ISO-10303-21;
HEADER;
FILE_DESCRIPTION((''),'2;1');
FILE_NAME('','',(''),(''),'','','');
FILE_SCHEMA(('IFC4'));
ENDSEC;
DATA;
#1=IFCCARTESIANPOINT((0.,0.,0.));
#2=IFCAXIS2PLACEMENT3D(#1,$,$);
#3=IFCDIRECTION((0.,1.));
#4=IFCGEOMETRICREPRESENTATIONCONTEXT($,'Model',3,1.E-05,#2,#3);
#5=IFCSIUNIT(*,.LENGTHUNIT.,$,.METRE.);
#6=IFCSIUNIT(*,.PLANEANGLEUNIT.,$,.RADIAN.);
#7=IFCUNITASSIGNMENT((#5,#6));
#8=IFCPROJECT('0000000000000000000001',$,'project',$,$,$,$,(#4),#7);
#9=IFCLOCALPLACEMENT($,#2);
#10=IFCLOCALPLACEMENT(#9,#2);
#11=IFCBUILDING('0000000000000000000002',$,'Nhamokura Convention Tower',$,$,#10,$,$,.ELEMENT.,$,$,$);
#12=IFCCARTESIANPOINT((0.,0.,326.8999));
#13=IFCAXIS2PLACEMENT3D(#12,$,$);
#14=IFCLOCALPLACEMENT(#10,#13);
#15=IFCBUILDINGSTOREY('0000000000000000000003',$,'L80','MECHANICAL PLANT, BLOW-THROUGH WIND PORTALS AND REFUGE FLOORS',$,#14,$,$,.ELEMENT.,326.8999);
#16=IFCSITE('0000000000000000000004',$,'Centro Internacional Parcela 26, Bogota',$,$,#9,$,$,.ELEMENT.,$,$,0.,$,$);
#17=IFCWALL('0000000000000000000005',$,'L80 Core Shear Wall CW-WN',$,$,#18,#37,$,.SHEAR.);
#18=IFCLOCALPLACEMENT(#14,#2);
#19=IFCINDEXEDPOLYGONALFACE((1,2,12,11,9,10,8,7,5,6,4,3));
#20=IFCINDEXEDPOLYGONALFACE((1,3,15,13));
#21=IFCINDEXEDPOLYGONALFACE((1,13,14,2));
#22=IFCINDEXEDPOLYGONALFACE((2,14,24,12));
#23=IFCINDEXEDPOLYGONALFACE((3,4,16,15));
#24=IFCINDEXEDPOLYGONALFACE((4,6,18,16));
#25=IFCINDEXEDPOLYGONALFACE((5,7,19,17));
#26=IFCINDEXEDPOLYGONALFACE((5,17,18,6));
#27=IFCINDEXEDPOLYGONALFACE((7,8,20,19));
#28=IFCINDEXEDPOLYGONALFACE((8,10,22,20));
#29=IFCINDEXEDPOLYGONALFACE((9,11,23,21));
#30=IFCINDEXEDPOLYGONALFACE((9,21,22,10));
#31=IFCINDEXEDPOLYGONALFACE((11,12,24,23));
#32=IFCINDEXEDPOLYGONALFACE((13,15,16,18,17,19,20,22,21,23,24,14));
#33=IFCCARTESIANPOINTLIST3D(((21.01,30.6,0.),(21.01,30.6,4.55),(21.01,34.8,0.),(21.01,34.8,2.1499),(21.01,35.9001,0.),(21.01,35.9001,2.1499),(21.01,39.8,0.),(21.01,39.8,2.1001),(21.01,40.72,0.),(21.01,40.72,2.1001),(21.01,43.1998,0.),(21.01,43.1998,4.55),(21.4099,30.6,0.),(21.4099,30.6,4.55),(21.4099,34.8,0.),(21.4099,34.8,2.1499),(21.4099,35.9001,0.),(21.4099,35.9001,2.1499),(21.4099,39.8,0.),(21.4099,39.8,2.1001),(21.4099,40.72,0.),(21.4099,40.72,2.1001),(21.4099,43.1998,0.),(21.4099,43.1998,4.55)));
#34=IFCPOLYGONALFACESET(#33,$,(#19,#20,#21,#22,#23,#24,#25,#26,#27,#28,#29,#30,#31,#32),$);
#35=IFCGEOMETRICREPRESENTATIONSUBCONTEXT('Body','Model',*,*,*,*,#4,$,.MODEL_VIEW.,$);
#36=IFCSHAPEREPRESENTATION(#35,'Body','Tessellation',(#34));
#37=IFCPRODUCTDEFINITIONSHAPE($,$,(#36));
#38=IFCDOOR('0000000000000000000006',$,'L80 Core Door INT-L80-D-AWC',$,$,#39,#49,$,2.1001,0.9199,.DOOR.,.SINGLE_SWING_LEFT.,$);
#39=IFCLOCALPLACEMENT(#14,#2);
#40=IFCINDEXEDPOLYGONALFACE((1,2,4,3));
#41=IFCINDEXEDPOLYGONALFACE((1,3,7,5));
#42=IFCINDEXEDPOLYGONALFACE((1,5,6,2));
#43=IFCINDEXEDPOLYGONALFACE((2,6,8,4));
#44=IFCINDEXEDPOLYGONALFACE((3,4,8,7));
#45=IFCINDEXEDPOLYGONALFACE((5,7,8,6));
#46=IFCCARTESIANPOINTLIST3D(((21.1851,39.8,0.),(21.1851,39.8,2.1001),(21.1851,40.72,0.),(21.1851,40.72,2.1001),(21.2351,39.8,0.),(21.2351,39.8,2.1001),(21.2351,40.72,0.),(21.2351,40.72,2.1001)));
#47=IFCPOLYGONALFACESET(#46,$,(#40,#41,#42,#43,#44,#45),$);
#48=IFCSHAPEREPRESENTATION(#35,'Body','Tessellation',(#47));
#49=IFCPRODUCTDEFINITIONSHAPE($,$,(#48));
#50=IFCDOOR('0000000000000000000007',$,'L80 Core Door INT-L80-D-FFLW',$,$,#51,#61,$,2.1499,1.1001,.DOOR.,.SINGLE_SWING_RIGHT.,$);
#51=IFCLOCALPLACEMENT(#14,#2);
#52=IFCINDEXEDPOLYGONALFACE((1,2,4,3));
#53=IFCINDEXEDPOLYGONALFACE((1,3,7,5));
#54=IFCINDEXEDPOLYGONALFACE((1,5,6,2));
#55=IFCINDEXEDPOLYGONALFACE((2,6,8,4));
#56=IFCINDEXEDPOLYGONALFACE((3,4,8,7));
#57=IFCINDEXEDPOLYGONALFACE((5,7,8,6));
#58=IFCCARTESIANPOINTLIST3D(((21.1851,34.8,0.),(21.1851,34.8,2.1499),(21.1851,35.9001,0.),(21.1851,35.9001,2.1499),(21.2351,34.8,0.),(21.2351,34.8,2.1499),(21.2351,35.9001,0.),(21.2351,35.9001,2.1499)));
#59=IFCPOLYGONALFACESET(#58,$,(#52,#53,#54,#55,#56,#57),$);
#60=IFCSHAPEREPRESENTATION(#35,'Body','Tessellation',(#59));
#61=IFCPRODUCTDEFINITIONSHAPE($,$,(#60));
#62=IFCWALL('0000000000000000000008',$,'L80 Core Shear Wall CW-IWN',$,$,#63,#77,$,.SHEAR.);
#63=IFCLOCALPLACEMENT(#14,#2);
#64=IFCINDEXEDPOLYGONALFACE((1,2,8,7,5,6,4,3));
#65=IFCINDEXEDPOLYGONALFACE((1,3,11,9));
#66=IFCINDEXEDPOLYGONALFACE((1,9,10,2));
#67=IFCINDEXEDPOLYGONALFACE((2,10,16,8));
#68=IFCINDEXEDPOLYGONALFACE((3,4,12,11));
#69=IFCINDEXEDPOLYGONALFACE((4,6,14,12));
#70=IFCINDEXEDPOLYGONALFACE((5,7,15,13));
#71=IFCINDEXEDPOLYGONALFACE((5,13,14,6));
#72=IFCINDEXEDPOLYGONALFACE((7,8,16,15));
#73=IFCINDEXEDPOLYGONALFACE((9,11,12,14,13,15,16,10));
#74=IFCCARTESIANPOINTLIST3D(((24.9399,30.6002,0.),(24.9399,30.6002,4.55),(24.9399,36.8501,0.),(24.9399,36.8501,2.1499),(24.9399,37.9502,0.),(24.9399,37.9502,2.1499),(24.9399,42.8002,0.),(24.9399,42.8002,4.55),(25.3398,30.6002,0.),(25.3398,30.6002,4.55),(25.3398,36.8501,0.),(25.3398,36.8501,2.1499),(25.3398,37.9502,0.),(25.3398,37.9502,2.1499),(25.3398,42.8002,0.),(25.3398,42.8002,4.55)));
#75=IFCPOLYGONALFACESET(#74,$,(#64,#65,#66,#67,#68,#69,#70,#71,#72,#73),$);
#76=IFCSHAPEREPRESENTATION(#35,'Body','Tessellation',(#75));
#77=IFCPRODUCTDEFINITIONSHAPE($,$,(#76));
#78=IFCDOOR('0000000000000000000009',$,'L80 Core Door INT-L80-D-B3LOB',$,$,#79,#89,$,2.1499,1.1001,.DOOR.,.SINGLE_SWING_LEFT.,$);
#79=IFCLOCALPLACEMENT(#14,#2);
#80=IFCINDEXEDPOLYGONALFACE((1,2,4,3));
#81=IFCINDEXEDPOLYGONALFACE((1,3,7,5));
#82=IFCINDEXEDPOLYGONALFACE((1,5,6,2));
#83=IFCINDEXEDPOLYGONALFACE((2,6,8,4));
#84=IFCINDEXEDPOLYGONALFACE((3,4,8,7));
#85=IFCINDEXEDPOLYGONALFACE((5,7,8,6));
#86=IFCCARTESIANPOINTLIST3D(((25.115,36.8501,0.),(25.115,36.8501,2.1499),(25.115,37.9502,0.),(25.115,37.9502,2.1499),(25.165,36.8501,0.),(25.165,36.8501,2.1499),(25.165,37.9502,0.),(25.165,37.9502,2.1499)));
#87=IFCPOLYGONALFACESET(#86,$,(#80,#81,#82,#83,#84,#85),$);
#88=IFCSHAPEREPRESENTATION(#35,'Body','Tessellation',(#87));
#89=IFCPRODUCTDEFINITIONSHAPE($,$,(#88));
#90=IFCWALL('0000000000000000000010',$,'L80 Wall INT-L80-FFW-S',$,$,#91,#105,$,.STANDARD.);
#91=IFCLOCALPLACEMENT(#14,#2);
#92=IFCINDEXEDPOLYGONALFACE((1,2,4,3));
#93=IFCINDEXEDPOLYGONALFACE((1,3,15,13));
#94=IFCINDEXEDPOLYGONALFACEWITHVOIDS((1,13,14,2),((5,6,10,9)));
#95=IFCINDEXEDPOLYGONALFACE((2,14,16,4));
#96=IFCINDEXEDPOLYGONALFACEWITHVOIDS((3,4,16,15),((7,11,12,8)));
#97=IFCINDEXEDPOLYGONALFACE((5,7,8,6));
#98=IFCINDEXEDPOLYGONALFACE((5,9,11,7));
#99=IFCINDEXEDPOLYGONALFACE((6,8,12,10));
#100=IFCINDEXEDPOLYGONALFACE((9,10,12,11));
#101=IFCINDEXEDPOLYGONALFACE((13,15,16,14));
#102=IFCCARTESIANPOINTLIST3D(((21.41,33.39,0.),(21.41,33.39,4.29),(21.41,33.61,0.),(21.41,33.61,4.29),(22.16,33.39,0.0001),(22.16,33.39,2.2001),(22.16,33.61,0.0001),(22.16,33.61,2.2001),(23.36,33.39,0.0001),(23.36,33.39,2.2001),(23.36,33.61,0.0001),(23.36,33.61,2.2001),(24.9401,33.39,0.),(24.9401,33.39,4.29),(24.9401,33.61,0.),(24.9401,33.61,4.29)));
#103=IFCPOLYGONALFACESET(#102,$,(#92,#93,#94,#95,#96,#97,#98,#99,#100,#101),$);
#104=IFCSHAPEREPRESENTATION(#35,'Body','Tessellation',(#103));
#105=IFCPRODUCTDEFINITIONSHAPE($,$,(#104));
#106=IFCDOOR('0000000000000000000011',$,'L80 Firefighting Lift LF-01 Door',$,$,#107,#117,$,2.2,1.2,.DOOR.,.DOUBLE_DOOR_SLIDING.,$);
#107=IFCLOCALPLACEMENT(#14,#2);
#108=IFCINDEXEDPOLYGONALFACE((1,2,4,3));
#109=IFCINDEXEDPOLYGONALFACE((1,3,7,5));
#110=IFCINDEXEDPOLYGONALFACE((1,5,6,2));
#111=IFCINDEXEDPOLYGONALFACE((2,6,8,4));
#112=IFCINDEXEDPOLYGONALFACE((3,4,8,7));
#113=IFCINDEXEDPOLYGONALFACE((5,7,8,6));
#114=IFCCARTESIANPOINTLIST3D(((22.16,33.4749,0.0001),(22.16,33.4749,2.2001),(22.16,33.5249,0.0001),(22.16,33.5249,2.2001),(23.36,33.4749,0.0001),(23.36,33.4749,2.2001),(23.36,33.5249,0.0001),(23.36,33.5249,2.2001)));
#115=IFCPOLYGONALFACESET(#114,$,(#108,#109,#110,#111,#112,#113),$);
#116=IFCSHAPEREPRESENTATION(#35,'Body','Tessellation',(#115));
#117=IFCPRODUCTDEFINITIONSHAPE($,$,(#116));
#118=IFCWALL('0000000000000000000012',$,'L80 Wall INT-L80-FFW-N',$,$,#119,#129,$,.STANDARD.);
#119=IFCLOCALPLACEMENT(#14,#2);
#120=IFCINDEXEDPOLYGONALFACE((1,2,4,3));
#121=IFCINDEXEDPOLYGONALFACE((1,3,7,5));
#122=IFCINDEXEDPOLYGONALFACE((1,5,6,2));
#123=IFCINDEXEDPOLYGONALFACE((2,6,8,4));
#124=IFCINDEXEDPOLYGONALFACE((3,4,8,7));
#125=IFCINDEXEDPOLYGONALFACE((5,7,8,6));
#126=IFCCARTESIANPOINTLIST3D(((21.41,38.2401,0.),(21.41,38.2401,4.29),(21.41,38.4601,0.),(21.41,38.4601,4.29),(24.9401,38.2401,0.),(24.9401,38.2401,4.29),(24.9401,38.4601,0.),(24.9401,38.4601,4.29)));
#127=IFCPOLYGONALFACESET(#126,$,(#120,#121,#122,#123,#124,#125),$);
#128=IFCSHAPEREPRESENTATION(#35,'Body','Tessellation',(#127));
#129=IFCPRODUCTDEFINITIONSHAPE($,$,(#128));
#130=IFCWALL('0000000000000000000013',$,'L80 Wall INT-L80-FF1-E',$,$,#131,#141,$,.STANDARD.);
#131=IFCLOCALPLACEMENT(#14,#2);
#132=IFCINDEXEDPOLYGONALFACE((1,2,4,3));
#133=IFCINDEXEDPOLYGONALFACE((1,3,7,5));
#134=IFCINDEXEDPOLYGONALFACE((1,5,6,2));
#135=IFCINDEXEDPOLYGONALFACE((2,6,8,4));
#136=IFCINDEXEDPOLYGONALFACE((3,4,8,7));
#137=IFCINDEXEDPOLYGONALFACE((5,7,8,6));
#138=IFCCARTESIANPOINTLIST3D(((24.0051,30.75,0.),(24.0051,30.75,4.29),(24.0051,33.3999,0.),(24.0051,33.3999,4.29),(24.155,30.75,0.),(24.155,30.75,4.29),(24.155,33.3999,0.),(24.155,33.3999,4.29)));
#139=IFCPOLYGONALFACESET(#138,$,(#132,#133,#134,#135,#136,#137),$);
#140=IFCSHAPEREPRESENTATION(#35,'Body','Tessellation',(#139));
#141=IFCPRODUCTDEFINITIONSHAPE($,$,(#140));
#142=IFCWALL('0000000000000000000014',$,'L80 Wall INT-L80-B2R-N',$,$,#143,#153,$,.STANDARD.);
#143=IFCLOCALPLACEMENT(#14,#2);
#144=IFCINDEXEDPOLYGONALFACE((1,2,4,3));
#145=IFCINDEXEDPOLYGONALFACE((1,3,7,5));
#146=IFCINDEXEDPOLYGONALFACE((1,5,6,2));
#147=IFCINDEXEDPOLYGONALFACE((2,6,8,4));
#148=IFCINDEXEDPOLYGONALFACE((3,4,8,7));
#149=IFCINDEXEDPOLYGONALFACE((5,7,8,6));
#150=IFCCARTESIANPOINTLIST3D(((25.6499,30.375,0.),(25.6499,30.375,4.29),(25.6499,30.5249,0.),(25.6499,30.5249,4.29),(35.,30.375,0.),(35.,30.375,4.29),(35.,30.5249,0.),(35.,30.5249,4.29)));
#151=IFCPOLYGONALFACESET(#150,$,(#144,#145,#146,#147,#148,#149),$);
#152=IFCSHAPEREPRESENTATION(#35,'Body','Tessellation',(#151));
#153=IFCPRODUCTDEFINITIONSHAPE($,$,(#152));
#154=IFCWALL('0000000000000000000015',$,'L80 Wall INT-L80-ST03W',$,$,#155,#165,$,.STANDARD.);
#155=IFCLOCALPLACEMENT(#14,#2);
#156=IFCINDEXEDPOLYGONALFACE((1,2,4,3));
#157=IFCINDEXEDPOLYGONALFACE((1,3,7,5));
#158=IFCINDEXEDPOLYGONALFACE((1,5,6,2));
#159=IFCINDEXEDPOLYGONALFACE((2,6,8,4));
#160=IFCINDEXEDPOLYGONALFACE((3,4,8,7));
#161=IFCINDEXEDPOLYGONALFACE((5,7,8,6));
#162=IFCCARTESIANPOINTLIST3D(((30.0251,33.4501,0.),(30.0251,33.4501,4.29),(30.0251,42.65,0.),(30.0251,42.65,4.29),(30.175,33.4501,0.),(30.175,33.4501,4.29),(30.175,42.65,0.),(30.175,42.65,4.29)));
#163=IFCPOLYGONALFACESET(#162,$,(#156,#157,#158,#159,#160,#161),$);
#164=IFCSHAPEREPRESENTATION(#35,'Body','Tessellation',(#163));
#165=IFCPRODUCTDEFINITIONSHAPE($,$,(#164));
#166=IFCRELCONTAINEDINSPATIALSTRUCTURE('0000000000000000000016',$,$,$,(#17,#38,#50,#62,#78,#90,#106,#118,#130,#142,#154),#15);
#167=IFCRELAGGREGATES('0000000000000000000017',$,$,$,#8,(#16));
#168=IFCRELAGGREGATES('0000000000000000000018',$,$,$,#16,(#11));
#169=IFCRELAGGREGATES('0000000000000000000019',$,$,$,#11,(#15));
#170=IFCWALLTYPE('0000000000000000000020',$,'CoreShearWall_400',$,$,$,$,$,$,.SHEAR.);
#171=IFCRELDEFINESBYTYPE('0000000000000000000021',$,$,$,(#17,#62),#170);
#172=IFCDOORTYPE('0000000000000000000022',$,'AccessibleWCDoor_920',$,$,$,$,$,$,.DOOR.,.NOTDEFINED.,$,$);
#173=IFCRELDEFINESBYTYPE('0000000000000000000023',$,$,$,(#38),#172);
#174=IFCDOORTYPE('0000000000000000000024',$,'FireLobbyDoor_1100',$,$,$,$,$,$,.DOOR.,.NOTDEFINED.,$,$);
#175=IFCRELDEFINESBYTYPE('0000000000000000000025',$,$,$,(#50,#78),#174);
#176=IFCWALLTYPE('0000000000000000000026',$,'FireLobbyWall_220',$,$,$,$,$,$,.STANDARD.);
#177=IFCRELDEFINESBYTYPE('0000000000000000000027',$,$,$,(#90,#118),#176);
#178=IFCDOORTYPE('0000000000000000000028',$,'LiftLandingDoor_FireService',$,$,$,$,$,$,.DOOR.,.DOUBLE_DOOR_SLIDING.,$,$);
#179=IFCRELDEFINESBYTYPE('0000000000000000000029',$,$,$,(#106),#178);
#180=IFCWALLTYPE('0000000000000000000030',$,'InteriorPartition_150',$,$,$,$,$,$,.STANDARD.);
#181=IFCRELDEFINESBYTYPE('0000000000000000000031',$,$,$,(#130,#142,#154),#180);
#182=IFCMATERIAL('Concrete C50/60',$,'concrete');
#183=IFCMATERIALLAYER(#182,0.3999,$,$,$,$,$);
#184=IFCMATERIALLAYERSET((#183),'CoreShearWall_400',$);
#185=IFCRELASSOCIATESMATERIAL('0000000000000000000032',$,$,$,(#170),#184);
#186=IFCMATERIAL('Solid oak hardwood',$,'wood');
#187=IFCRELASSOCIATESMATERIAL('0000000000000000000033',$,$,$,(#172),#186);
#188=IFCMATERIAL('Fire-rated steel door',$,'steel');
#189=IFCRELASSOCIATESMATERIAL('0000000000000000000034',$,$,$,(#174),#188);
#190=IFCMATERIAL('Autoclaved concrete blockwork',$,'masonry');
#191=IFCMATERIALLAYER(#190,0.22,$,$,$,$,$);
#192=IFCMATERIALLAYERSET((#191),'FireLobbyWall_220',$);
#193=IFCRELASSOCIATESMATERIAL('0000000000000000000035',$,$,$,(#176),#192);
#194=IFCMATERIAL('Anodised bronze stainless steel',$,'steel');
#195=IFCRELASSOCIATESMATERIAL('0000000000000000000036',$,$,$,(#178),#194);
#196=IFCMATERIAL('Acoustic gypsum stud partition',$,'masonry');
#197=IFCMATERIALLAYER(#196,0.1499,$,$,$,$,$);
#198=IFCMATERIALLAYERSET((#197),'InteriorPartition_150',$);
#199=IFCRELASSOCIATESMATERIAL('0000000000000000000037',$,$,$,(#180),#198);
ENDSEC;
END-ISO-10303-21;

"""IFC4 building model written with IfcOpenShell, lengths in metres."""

from ifc_helpers import new_model, si_unit, direction, frame, frame_2d, origin, place, context, subcontext, project, spatial, rectangle, extrude, material, layer, layer_set, type_object, element, fill, save


model = new_model("IFC4")

# Units and contexts
model_context = context("Model", 3, precision=1e-05, world=origin(), true_north=direction((0.0, 1.0)))
body_context = subcontext(model_context, "Body", "Model", "MODEL_VIEW")
ifc_project = project(units=[si_unit("LENGTHUNIT", "METRE"), si_unit("PLANEANGLEUNIT", "RADIAN")], contexts=[model_context])

# Site, building, storey
site_placement = place(None, origin())
site = spatial("IfcSite", under=ifc_project, at=site_placement, Name="Centro Internacional Parcela 26, Bogota", CompositionType="ELEMENT", RefElevation=0.0)
building_placement = place(site_placement, origin())
building = spatial("IfcBuilding", under=site, at=building_placement, Name="Nhamokura Convention Tower", CompositionType="ELEMENT")
storey_placement = place(building_placement, frame((0.0, 0.0, 326.8999)))
storey = spatial("IfcBuildingStorey", under=building, at=storey_placement, Name="L80", Description="MECHANICAL PLANT, BLOW-THROUGH WIND PORTALS AND REFUGE FLOORS", CompositionType="ELEMENT", Elevation=326.8999)

# Wall, openings, doors
ifc_material_1 = material(Name="Concrete C50/60", Category="concrete")
ifc_layer_1 = layer(ifc_material_1, 0.3999)
ifc_layer_set_1 = layer_set([ifc_layer_1], Name="CoreShearWall_400")
wall_type_1 = type_object("IfcWallType", Name="CoreShearWall_400", PredefinedType="SHEAR", material=ifc_layer_set_1)
wall_1_placement = place(storey_placement, frame((21.21, 30.6001, 0.0), z_axis=(0.0, 0.0, 1.0), x_axis=(0.0, 1.0, 0.0)))
wall_1 = element("IfcWall", 1, at=wall_1_placement, inside=storey, type_object=wall_type_1, Name="L80 Core Shear Wall CW-WN", PredefinedType="SHEAR", context=body_context, shape_type="SweptSolid", body=[
    extrude(rectangle(XDim=12.5999, YDim=0.3999, at=frame_2d((6.2998, 0.0))), origin(), (0.0, 0.0, 1.0), 4.55),
])
opening_1_placement = place(wall_1_placement, frame((4.2, 0.0, 0.0)))
opening_1 = element("IfcOpeningElement", 2, at=opening_1_placement, cuts=wall_1, PredefinedType="OPENING", context=body_context, shape_type="SweptSolid", body=[
    extrude(rectangle(XDim=1.1001, YDim=2.1499, at=frame_2d((0.55, 1.075))), frame((0.0, 0.21, 0.0), z_axis=(0.0, -1.0, 0.0), x_axis=(1.0, 0.0, 0.0)), (0.0, 0.0, 1.0), 0.4199),
])
opening_2_placement = place(wall_1_placement, frame((9.2, 0.0, 0.0)))
opening_2 = element("IfcOpeningElement", 3, at=opening_2_placement, cuts=wall_1, PredefinedType="OPENING", context=body_context, shape_type="SweptSolid", body=[
    extrude(rectangle(XDim=0.9199, YDim=2.1001, at=frame_2d((0.46, 1.05))), frame((0.0, 0.21, 0.0), z_axis=(0.0, -1.0, 0.0), x_axis=(1.0, 0.0, 0.0)), (0.0, 0.0, 1.0), 0.4199),
])
ifc_material_2 = material(Name="Solid oak hardwood", Category="wood")
door_type_1 = type_object("IfcDoorType", Name="AccessibleWCDoor_920", OperationType="NOTDEFINED", PredefinedType="DOOR", material=ifc_material_2)
door_1_placement = place(opening_2_placement, origin())
door_1 = element("IfcDoor", 4, at=door_1_placement, inside=storey, type_object=door_type_1, Name="L80 Core Door INT-L80-D-AWC", OperationType="SINGLE_SWING_LEFT", OverallHeight=2.1001, OverallWidth=0.9199, PredefinedType="DOOR", context=body_context, shape_type="SweptSolid", body=[
    extrude(rectangle(XDim=0.9199, YDim=2.1001, at=frame_2d((0.46, 1.05))), frame((0.0, 0.0249, 0.0), z_axis=(0.0, -1.0, 0.0), x_axis=(1.0, 0.0, 0.0)), (0.0, 0.0, 1.0), 0.05),
])
fill(opening_2, door_1)
ifc_material_3 = material(Name="Fire-rated steel door", Category="steel")
door_type_2 = type_object("IfcDoorType", Name="FireLobbyDoor_1100", OperationType="NOTDEFINED", PredefinedType="DOOR", material=ifc_material_3)
door_2_placement = place(opening_1_placement, origin())
door_2 = element("IfcDoor", 5, at=door_2_placement, inside=storey, type_object=door_type_2, Name="L80 Core Door INT-L80-D-FFLW", OperationType="SINGLE_SWING_RIGHT", OverallHeight=2.1499, OverallWidth=1.1001, PredefinedType="DOOR", context=body_context, shape_type="SweptSolid", body=[
    extrude(rectangle(XDim=1.1001, YDim=2.1499, at=frame_2d((0.55, 1.075))), frame((0.0, 0.0249, 0.0), z_axis=(0.0, -1.0, 0.0), x_axis=(1.0, 0.0, 0.0)), (0.0, 0.0, 1.0), 0.05),
])
fill(opening_1, door_2)

# Walls, openings, doors
wall_2_placement = place(storey_placement, frame((25.1399, 30.6001, 0.0), z_axis=(0.0, 0.0, 1.0), x_axis=(0.0, 1.0, 0.0)))
wall_2 = element("IfcWall", 6, at=wall_2_placement, inside=storey, type_object=wall_type_1, Name="L80 Core Shear Wall CW-IWN", PredefinedType="SHEAR", context=body_context, shape_type="SweptSolid", body=[
    extrude(rectangle(XDim=12.2, YDim=0.3999, at=frame_2d((6.1001, 0.0))), origin(), (0.0, 0.0, 1.0), 4.55),
])
opening_3_placement = place(wall_2_placement, frame((6.25, 0.0, 0.0)))
opening_3 = element("IfcOpeningElement", 7, at=opening_3_placement, cuts=wall_2, PredefinedType="OPENING", context=body_context, shape_type="SweptSolid", body=[
    extrude(rectangle(XDim=1.1001, YDim=2.1499, at=frame_2d((0.55, 1.075))), frame((0.0, 0.21, 0.0), z_axis=(0.0, -1.0, 0.0), x_axis=(1.0, 0.0, 0.0)), (0.0, 0.0, 1.0), 0.4199),
])
door_3_placement = place(opening_3_placement, origin())
door_3 = element("IfcDoor", 8, at=door_3_placement, inside=storey, type_object=door_type_2, Name="L80 Core Door INT-L80-D-B3LOB", OperationType="SINGLE_SWING_LEFT", OverallHeight=2.1499, OverallWidth=1.1001, PredefinedType="DOOR", context=body_context, shape_type="SweptSolid", body=[
    extrude(rectangle(XDim=1.1001, YDim=2.1499, at=frame_2d((0.55, 1.075))), frame((0.0, 0.0249, 0.0), z_axis=(0.0, -1.0, 0.0), x_axis=(1.0, 0.0, 0.0)), (0.0, 0.0, 1.0), 0.05),
])
fill(opening_3, door_3)
ifc_material_4 = material(Name="Autoclaved concrete blockwork", Category="masonry")
ifc_layer_2 = layer(ifc_material_4, 0.22)
ifc_layer_set_2 = layer_set([ifc_layer_2], Name="FireLobbyWall_220")
wall_type_2 = type_object("IfcWallType", Name="FireLobbyWall_220", PredefinedType="STANDARD", material=ifc_layer_set_2)
wall_3_placement = place(storey_placement, frame((21.4099, 33.5, 0.0), z_axis=(0.0, 0.0, 1.0), x_axis=(1.0, 0.0, 0.0)))
wall_3 = element("IfcWall", 9, at=wall_3_placement, inside=storey, type_object=wall_type_2, Name="L80 Wall INT-L80-FFW-S", PredefinedType="STANDARD", context=body_context, shape_type="SweptSolid", body=[
    extrude(rectangle(XDim=3.53, YDim=0.22, at=frame_2d((1.7651, 0.0))), origin(), (0.0, 0.0, 1.0), 4.29),
])
opening_4_placement = place(wall_3_placement, frame((0.75, 0.0, 0.0)))
opening_4 = element("IfcOpeningElement", 10, at=opening_4_placement, cuts=wall_3, PredefinedType="OPENING", context=body_context, shape_type="SweptSolid", body=[
    extrude(rectangle(XDim=1.2, YDim=2.2, at=frame_2d((0.6001, 1.1001))), frame((0.0, 0.1199, 0.0), z_axis=(0.0, -1.0, 0.0), x_axis=(1.0, 0.0, 0.0)), (0.0, 0.0, 1.0), 0.24),
])
ifc_material_5 = material(Name="Anodised bronze stainless steel", Category="steel")
door_type_3 = type_object("IfcDoorType", Name="LiftLandingDoor_FireService", OperationType="DOUBLE_DOOR_SLIDING", PredefinedType="DOOR", material=ifc_material_5)
door_4_placement = place(opening_4_placement, origin())
door_4 = element("IfcDoor", 11, at=door_4_placement, inside=storey, type_object=door_type_3, Name="L80 Firefighting Lift LF-01 Door", OperationType="DOUBLE_DOOR_SLIDING", OverallHeight=2.2, OverallWidth=1.2, PredefinedType="DOOR", context=body_context, shape_type="SweptSolid", body=[
    extrude(rectangle(XDim=1.2, YDim=2.2, at=frame_2d((0.6001, 1.1001))), frame((0.0, 0.0249, 0.0), z_axis=(0.0, -1.0, 0.0), x_axis=(1.0, 0.0, 0.0)), (0.0, 0.0, 1.0), 0.05),
])
fill(opening_4, door_4)

# Walls
wall_4_placement = place(storey_placement, frame((21.4099, 38.3501, 0.0), z_axis=(0.0, 0.0, 1.0), x_axis=(1.0, 0.0, 0.0)))
element("IfcWall", 12, at=wall_4_placement, inside=storey, type_object=wall_type_2, Name="L80 Wall INT-L80-FFW-N", PredefinedType="STANDARD", context=body_context, shape_type="SweptSolid", body=[
    extrude(rectangle(XDim=3.53, YDim=0.22, at=frame_2d((1.7651, 0.0))), origin(), (0.0, 0.0, 1.0), 4.29),
])
ifc_material_6 = material(Name="Acoustic gypsum stud partition", Category="masonry")
ifc_layer_3 = layer(ifc_material_6, 0.1499)
ifc_layer_set_3 = layer_set([ifc_layer_3], Name="InteriorPartition_150")
wall_type_3 = type_object("IfcWallType", Name="InteriorPartition_150", PredefinedType="STANDARD", material=ifc_layer_set_3)
wall_5_placement = place(storey_placement, frame((24.0801, 30.75, 0.0), z_axis=(0.0, 0.0, 1.0), x_axis=(0.0, 1.0, 0.0)))
element("IfcWall", 13, at=wall_5_placement, inside=storey, type_object=wall_type_3, Name="L80 Wall INT-L80-FF1-E", PredefinedType="STANDARD", context=body_context, shape_type="SweptSolid", body=[
    extrude(rectangle(XDim=2.6499, YDim=0.1499, at=frame_2d((1.325, 0.0))), origin(), (0.0, 0.0, 1.0), 4.29),
])
wall_6_placement = place(storey_placement, frame((25.6499, 30.45, 0.0), z_axis=(0.0, 0.0, 1.0), x_axis=(1.0, 0.0, 0.0)))
element("IfcWall", 14, at=wall_6_placement, inside=storey, type_object=wall_type_3, Name="L80 Wall INT-L80-B2R-N", PredefinedType="STANDARD", context=body_context, shape_type="SweptSolid", body=[
    extrude(rectangle(XDim=9.3501, YDim=0.1499, at=frame_2d((4.675, 0.0))), origin(), (0.0, 0.0, 1.0), 4.29),
])
wall_7_placement = place(storey_placement, frame((30.1001, 33.45, 0.0), z_axis=(0.0, 0.0, 1.0), x_axis=(0.0, 1.0, 0.0)))
element("IfcWall", 15, at=wall_7_placement, inside=storey, type_object=wall_type_3, Name="L80 Wall INT-L80-ST03W", PredefinedType="STANDARD", context=body_context, shape_type="SweptSolid", body=[
    extrude(rectangle(XDim=9.2, YDim=0.1499, at=frame_2d((4.6001, 0.0))), origin(), (0.0, 0.0, 1.0), 4.29),
])

save(model, "model.ifc")
